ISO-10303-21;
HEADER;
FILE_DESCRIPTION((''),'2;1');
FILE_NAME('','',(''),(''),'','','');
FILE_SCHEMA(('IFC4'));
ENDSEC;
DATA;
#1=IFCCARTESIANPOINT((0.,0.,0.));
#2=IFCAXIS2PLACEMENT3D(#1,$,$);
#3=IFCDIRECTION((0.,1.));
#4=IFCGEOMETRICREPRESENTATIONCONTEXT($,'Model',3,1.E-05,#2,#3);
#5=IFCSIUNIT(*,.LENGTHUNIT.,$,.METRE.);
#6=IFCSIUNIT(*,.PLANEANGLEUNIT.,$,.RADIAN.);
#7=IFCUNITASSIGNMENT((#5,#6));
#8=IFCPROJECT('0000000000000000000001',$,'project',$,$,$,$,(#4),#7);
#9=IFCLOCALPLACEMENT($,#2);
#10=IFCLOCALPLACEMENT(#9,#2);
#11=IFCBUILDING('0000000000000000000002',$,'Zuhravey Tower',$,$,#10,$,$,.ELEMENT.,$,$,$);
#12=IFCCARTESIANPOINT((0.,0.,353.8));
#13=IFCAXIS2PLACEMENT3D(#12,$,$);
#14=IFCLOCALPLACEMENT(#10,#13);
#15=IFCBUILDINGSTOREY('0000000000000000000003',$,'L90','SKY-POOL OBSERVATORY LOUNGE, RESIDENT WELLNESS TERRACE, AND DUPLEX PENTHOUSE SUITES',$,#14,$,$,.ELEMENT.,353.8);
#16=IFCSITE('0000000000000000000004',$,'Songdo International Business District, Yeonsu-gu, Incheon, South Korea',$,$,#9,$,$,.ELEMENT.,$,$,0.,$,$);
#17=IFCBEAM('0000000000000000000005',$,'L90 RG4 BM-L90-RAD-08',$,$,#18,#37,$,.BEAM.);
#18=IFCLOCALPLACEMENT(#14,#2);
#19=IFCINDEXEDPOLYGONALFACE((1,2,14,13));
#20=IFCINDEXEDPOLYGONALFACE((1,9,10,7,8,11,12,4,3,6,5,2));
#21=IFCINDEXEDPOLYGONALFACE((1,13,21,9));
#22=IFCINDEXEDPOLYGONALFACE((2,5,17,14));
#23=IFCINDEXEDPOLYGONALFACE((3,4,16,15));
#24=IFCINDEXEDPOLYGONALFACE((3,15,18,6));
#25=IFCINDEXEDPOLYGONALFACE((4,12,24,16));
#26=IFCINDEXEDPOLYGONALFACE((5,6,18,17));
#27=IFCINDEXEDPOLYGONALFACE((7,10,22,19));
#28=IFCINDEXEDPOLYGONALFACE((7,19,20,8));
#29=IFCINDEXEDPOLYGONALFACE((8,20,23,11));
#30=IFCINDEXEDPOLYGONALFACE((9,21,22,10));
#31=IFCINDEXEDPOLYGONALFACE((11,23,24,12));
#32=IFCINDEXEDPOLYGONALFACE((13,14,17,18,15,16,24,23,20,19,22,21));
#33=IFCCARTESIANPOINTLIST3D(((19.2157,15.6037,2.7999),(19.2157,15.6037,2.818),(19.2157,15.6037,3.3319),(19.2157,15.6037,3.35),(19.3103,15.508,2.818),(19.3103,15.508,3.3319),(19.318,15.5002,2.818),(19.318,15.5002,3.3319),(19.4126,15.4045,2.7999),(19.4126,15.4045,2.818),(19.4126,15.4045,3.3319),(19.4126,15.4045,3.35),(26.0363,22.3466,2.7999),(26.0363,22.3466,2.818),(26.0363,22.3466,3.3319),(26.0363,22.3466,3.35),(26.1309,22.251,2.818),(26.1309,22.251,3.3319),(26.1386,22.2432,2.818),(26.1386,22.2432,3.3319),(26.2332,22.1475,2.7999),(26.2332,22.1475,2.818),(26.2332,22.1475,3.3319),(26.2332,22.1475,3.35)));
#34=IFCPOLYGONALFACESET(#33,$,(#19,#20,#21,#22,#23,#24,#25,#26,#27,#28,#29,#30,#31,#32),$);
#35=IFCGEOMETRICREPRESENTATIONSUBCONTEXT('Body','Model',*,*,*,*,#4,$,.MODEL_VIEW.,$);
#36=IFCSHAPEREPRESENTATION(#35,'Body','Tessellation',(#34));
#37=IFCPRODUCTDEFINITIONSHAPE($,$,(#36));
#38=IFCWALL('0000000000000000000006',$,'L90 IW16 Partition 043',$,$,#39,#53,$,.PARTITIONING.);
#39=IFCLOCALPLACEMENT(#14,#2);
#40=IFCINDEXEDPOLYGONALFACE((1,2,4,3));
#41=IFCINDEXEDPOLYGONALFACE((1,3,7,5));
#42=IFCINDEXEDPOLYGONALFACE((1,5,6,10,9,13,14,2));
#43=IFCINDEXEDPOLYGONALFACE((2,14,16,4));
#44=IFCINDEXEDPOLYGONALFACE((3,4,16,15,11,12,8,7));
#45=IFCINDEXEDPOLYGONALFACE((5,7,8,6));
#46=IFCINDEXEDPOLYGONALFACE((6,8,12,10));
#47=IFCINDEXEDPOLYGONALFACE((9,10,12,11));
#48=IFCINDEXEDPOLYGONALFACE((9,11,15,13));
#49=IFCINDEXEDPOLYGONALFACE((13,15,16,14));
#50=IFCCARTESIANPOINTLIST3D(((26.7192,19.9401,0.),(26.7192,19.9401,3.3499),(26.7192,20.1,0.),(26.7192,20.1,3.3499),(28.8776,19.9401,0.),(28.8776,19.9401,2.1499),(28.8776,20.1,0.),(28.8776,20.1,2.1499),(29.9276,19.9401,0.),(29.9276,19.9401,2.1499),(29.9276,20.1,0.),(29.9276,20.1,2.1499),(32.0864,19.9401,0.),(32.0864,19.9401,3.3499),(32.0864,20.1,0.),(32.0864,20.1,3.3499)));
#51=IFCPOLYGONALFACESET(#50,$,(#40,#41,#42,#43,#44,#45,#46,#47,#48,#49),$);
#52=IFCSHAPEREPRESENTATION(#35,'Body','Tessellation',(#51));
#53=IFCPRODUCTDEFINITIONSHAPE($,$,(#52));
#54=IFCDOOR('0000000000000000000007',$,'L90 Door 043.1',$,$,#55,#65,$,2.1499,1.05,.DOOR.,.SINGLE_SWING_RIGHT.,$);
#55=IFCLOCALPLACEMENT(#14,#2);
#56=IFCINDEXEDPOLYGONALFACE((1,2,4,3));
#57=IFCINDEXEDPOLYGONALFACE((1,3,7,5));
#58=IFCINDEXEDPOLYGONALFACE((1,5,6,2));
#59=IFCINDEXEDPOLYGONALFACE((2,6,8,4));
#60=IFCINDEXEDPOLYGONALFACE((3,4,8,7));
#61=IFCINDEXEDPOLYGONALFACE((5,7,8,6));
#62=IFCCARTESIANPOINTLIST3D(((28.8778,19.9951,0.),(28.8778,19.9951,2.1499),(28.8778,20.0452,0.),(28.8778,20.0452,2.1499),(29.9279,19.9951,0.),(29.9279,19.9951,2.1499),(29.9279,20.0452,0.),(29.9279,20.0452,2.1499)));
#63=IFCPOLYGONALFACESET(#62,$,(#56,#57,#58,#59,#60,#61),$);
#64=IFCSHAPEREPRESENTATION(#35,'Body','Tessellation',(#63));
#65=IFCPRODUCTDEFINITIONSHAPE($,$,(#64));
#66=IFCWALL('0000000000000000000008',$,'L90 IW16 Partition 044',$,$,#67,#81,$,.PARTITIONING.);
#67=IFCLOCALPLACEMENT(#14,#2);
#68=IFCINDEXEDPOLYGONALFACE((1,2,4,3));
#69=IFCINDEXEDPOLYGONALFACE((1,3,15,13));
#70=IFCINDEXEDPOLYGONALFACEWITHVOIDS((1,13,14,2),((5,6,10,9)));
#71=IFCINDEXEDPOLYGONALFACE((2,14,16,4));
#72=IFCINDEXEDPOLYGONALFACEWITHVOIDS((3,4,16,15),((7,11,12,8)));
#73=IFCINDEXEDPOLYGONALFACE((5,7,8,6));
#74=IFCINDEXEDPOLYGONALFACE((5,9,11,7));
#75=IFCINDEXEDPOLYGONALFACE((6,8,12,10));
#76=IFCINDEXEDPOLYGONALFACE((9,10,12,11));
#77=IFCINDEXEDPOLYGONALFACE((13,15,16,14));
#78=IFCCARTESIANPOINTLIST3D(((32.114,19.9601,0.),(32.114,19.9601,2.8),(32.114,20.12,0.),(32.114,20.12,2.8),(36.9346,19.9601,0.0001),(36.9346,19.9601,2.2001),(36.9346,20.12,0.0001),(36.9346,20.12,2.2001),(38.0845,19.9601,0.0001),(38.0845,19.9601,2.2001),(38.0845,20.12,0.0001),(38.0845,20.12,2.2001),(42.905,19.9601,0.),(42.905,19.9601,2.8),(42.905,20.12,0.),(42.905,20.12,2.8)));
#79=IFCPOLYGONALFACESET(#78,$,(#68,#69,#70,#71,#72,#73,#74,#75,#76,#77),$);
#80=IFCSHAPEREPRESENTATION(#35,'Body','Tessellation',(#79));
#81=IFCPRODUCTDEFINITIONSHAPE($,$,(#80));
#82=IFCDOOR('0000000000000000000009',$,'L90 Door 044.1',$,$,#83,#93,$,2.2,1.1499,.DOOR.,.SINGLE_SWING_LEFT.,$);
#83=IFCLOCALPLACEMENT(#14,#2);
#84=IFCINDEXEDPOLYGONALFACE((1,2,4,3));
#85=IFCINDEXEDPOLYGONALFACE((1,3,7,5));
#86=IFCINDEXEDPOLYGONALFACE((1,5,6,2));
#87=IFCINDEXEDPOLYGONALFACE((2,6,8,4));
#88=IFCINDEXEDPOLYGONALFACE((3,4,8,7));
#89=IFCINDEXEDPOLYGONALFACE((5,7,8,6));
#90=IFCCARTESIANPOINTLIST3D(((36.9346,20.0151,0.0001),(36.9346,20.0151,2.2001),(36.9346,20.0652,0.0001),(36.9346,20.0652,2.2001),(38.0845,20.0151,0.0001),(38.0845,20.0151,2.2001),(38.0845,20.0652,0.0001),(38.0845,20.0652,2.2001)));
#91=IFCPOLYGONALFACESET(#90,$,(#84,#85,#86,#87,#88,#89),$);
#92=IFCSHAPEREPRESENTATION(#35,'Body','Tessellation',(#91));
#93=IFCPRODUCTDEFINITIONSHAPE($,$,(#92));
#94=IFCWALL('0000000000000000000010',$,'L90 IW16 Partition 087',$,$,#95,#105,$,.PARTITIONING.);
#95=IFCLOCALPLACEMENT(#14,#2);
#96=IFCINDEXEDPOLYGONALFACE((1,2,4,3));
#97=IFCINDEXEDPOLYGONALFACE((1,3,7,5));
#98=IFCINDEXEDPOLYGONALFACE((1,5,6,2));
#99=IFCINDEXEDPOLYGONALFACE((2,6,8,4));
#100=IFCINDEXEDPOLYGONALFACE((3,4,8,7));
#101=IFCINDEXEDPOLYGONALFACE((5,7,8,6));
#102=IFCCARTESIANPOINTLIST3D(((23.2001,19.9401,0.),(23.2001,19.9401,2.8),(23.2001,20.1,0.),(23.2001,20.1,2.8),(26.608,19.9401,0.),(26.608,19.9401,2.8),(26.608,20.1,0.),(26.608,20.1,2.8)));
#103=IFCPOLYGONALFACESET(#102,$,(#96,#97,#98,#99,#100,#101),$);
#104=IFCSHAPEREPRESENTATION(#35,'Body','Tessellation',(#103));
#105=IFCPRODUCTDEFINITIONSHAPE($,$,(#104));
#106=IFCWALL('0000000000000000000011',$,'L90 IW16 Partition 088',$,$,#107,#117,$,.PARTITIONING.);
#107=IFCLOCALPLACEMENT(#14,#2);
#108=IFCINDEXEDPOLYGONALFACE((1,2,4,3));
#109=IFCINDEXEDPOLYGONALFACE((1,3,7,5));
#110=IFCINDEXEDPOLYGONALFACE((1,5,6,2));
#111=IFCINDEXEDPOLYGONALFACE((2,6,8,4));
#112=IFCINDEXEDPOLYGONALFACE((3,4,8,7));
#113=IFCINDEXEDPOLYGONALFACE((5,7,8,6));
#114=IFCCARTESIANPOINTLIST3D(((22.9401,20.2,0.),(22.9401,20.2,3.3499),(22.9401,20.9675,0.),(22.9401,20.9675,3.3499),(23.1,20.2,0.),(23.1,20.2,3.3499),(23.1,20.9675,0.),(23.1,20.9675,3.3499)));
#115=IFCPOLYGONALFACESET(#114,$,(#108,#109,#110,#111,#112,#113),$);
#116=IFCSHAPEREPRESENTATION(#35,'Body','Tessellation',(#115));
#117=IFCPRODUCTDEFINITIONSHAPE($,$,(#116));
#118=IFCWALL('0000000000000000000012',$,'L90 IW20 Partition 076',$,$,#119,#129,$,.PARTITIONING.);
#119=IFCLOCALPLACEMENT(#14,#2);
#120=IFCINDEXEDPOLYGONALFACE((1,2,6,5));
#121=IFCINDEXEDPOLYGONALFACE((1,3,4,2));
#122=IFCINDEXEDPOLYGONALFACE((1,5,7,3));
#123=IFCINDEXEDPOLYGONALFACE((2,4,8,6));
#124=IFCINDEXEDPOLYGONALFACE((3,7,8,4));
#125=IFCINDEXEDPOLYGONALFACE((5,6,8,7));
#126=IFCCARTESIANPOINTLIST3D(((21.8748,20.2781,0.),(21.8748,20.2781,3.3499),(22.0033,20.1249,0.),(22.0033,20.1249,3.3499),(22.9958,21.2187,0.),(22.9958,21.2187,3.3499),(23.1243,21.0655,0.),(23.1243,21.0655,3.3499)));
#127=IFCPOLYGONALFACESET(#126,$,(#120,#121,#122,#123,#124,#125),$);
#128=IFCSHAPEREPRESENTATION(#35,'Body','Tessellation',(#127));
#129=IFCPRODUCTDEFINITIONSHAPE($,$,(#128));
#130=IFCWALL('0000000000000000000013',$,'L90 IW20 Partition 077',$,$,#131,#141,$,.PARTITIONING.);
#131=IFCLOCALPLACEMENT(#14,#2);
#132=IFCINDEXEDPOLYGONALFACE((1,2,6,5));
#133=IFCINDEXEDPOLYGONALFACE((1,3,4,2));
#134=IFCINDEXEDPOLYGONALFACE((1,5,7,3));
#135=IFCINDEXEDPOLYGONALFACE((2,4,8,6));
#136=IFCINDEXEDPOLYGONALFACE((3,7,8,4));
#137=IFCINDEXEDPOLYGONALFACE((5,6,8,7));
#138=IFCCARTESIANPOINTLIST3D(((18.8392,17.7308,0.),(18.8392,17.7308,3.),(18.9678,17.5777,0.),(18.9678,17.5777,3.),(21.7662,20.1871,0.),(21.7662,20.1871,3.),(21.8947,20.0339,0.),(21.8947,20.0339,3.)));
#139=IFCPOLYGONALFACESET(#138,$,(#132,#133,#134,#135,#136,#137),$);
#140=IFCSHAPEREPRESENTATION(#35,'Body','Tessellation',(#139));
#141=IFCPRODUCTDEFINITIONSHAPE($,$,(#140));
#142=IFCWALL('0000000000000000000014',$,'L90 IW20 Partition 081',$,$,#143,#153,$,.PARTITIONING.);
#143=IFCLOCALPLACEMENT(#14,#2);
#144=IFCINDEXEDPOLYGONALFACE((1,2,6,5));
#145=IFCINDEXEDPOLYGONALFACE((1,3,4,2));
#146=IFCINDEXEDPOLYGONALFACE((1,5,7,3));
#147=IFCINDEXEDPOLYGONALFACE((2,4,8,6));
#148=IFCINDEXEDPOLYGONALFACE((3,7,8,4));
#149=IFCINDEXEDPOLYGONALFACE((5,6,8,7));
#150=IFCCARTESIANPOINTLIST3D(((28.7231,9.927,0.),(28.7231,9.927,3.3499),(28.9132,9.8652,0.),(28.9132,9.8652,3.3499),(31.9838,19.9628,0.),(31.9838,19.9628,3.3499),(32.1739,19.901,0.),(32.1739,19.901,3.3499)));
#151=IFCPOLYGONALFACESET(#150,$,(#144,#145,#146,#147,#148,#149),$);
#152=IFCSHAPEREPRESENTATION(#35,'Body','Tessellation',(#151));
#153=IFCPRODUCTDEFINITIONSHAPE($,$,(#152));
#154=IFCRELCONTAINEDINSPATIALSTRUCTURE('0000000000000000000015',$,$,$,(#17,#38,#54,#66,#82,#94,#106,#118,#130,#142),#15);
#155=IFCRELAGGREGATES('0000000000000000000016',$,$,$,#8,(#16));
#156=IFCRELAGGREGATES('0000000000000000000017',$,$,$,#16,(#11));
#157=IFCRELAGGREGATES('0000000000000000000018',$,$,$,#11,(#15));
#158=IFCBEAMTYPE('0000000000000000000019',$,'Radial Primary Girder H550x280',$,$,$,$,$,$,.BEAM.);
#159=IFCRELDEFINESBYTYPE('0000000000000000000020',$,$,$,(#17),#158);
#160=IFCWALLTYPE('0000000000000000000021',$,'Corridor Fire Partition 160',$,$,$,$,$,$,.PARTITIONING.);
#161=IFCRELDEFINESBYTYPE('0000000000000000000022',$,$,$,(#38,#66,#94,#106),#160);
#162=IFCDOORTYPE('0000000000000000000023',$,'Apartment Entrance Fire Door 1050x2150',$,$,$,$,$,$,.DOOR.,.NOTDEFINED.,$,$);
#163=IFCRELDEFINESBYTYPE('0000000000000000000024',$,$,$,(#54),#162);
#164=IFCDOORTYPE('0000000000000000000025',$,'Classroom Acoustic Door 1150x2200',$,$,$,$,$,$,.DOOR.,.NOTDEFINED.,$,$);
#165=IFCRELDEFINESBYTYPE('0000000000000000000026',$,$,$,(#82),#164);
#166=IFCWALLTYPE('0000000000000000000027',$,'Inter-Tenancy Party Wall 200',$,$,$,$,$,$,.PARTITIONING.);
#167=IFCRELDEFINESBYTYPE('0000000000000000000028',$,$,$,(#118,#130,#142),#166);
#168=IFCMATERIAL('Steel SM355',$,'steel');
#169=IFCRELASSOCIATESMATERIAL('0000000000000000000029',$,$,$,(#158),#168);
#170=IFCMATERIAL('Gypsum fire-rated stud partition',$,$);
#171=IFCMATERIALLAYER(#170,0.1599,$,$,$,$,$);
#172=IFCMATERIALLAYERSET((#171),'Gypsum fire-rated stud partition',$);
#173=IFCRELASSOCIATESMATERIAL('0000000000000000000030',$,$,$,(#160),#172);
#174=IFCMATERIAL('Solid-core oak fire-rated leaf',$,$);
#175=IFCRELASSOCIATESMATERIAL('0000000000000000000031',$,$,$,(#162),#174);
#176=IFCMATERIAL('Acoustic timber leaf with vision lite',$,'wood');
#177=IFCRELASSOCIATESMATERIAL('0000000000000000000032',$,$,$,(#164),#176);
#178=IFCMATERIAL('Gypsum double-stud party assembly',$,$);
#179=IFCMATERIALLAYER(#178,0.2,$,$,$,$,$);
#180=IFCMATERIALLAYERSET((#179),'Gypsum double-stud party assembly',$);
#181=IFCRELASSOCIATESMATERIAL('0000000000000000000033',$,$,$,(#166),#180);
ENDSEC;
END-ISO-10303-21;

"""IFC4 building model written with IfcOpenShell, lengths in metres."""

from ifc_helpers import new_model, si_unit, direction, frame, frame_2d, origin, origin_2d, place, context, subcontext, project, spatial, rectangle, i_section, extrude, material, layer, layer_set, material_profile, profile_set, type_object, element, fill, save


model = new_model("IFC4")

# Units and contexts
model_context = context("Model", 3, precision=1e-05, world=origin(), true_north=direction((0.0, 1.0)))
body_context = subcontext(model_context, "Body", "Model", "MODEL_VIEW")
ifc_project = project(units=[si_unit("LENGTHUNIT", "METRE"), si_unit("PLANEANGLEUNIT", "RADIAN")], contexts=[model_context])

# Site, building, storey
site_placement = place(None, origin())
site = spatial("IfcSite", under=ifc_project, at=site_placement, Name="Songdo International Business District, Yeonsu-gu, Incheon, South Korea", CompositionType="ELEMENT", RefElevation=0.0)
building_placement = place(site_placement, origin())
building = spatial("IfcBuilding", under=site, at=building_placement, Name="Zuhravey Tower", CompositionType="ELEMENT")
storey_placement = place(building_placement, frame((0.0, 0.0, 353.8)))
storey = spatial("IfcBuildingStorey", under=building, at=storey_placement, Name="L90", Description="SKY-POOL OBSERVATORY LOUNGE, RESIDENT WELLNESS TERRACE, AND DUPLEX PENTHOUSE SUITES", CompositionType="ELEMENT", Elevation=353.8)

# Beam
ifc_material_1 = material(Name="Steel SM355", Category="steel")
ifc_material_profile = material_profile(ifc_material_1, i_section(OverallWidth=0.28, OverallDepth=0.55, WebThickness=0.011, FlangeThickness=0.0181, at=origin_2d()), Name="H-550x280x11x18")
ifc_profile_set = profile_set([ifc_material_profile], Name="Steel SM355")
beam_type = type_object("IfcBeamType", Name="Radial Primary Girder H550x280", PredefinedType="BEAM", material=ifc_profile_set)
beam_placement = place(storey_placement, frame((26.1348, 22.2471, 3.075), z_axis=(-0.711143, -0.703048, 0.0), x_axis=(0.703048, -0.711143, 0.0)))
element("IfcBeam", 1, at=beam_placement, inside=storey, type_object=beam_type, Name="L90 RG4 BM-L90-RAD-08", PredefinedType="BEAM", context=body_context, shape_type="SweptSolid", body=[
    extrude(i_section(OverallWidth=0.28, OverallDepth=0.55, WebThickness=0.011, FlangeThickness=0.0181, at=origin_2d()), origin(), (0.0, 0.0, 1.0), 9.5911),
])

# Walls, openings, doors
ifc_material_2 = material(Name="Gypsum fire-rated stud partition")
ifc_layer_1 = layer(ifc_material_2, 0.1599)
ifc_layer_set_1 = layer_set([ifc_layer_1], Name="Gypsum fire-rated stud partition")
wall_type_1 = type_object("IfcWallType", Name="Corridor Fire Partition 160", PredefinedType="PARTITIONING", material=ifc_layer_set_1)
wall_1_placement = place(storey_placement, frame((26.7192, 20.02, 0.0), z_axis=(0.0, 0.0, 1.0), x_axis=(1.0, 0.0, 0.0)))
wall_1 = element("IfcWall", 2, at=wall_1_placement, inside=storey, type_object=wall_type_1, Name="L90 IW16 Partition 043", PredefinedType="PARTITIONING", context=body_context, shape_type="SweptSolid", body=[
    extrude(rectangle(XDim=5.3672, YDim=0.1599, at=frame_2d((2.6836, 0.0))), origin(), (0.0, 0.0, 1.0), 3.3499),
])
opening_1_placement = place(wall_1_placement, frame((2.1584, 0.0, 0.0)))
opening_1 = element("IfcOpeningElement", 3, at=opening_1_placement, cuts=wall_1, PredefinedType="OPENING", context=body_context, shape_type="SweptSolid", body=[
    extrude(rectangle(XDim=1.05, YDim=2.1499, at=frame_2d((0.5249, 1.075))), frame((0.0, 0.092, 0.0), z_axis=(0.0, -1.0, 0.0), x_axis=(1.0, 0.0, 0.0)), (0.0, 0.0, 1.0), 0.1838),
])
ifc_material_3 = material(Name="Solid-core oak fire-rated leaf")
door_type_1 = type_object("IfcDoorType", Name="Apartment Entrance Fire Door 1050x2150", OperationType="NOTDEFINED", PredefinedType="DOOR", material=ifc_material_3)
door_1_placement = place(opening_1_placement, frame((1.05, 0.0, 0.0), z_axis=(0.0, 0.0, 1.0), x_axis=(-1.0, 0.0, 0.0)))
door_1 = element("IfcDoor", 4, at=door_1_placement, inside=storey, type_object=door_type_1, Name="L90 Door 043.1", OperationType="SINGLE_SWING_RIGHT", OverallHeight=2.1499, OverallWidth=1.05, PredefinedType="DOOR", context=body_context, shape_type="SweptSolid", body=[
    extrude(rectangle(XDim=1.05, YDim=2.1499, at=frame_2d((0.5249, 1.075))), frame((0.0, 0.0249, 0.0), z_axis=(0.0, -1.0, 0.0), x_axis=(1.0, 0.0, 0.0)), (0.0, 0.0, 1.0), 0.05),
])
fill(opening_1, door_1)
wall_2_placement = place(storey_placement, frame((32.114, 20.04, 0.0), z_axis=(0.0, 0.0, 1.0), x_axis=(1.0, 0.0, 0.0)))
wall_2 = element("IfcWall", 5, at=wall_2_placement, inside=storey, type_object=wall_type_1, Name="L90 IW16 Partition 044", PredefinedType="PARTITIONING", context=body_context, shape_type="SweptSolid", body=[
    extrude(rectangle(XDim=10.791, YDim=0.1599, at=frame_2d((5.3955, 0.0))), origin(), (0.0, 0.0, 1.0), 2.8),
])
opening_2_placement = place(wall_2_placement, frame((4.8206, 0.0, 0.0)))
opening_2 = element("IfcOpeningElement", 6, at=opening_2_placement, cuts=wall_2, PredefinedType="OPENING", context=body_context, shape_type="SweptSolid", body=[
    extrude(rectangle(XDim=1.1499, YDim=2.2, at=frame_2d((0.575, 1.1001))), frame((0.0, 0.092, 0.0), z_axis=(0.0, -1.0, 0.0), x_axis=(1.0, 0.0, 0.0)), (0.0, 0.0, 1.0), 0.1838),
])
ifc_material_4 = material(Name="Acoustic timber leaf with vision lite", Category="wood")
door_type_2 = type_object("IfcDoorType", Name="Classroom Acoustic Door 1150x2200", OperationType="NOTDEFINED", PredefinedType="DOOR", material=ifc_material_4)
door_2_placement = place(opening_2_placement, frame((1.1499, 0.0, 0.0), z_axis=(0.0, 0.0, 1.0), x_axis=(-1.0, 0.0, 0.0)))
door_2 = element("IfcDoor", 7, at=door_2_placement, inside=storey, type_object=door_type_2, Name="L90 Door 044.1", OperationType="SINGLE_SWING_LEFT", OverallHeight=2.2, OverallWidth=1.1499, PredefinedType="DOOR", context=body_context, shape_type="SweptSolid", body=[
    extrude(rectangle(XDim=1.1499, YDim=2.2, at=frame_2d((0.575, 1.1001))), frame((0.0, 0.0249, 0.0), z_axis=(0.0, -1.0, 0.0), x_axis=(1.0, 0.0, 0.0)), (0.0, 0.0, 1.0), 0.05),
])
fill(opening_2, door_2)

# Walls
wall_3_placement = place(storey_placement, frame((23.2, 20.02, 0.0), z_axis=(0.0, 0.0, 1.0), x_axis=(1.0, 0.0, 0.0)))
element("IfcWall", 8, at=wall_3_placement, inside=storey, type_object=wall_type_1, Name="L90 IW16 Partition 087", PredefinedType="PARTITIONING", context=body_context, shape_type="SweptSolid", body=[
    extrude(rectangle(XDim=3.408, YDim=0.1599, at=frame_2d((1.7041, 0.0))), origin(), (0.0, 0.0, 1.0), 2.8),
])
wall_4_placement = place(storey_placement, frame((23.02, 20.9675, 0.0), z_axis=(0.0, 0.0, 1.0), x_axis=(0.0, -1.0, 0.0)))
element("IfcWall", 9, at=wall_4_placement, inside=storey, type_object=wall_type_1, Name="L90 IW16 Partition 088", PredefinedType="PARTITIONING", context=body_context, shape_type="SweptSolid", body=[
    extrude(rectangle(XDim=0.7676, YDim=0.1599, at=frame_2d((0.3838, 0.0))), origin(), (0.0, 0.0, 1.0), 3.3499),
])
ifc_material_5 = material(Name="Gypsum double-stud party assembly")
ifc_layer_2 = layer(ifc_material_5, 0.2)
ifc_layer_set_2 = layer_set([ifc_layer_2], Name="Gypsum double-stud party assembly")
wall_type_2 = type_object("IfcWallType", Name="Inter-Tenancy Party Wall 200", PredefinedType="PARTITIONING", material=ifc_layer_set_2)
wall_5_placement = place(storey_placement, frame((23.0601, 21.1421, 0.0), z_axis=(0.0, 0.0, 1.0), x_axis=(-0.766056, -0.642773, 0.0)))
element("IfcWall", 10, at=wall_5_placement, inside=storey, type_object=wall_type_2, Name="L90 IW20 Partition 076", PredefinedType="PARTITIONING", context=body_context, shape_type="SweptSolid", body=[
    extrude(rectangle(XDim=1.4634, YDim=0.2, at=frame_2d((0.7317, 0.0))), origin(), (0.0, 0.0, 1.0), 3.3499),
])
wall_6_placement = place(storey_placement, frame((21.8306, 20.1106, 0.0), z_axis=(0.0, 0.0, 1.0), x_axis=(-0.766012, -0.642826, 0.0)))
element("IfcWall", 11, at=wall_6_placement, inside=storey, type_object=wall_type_2, Name="L90 IW20 Partition 077", PredefinedType="PARTITIONING", context=body_context, shape_type="SweptSolid", body=[
    extrude(rectangle(XDim=3.821, YDim=0.2, at=frame_2d((1.9106, 0.0))), origin(), (0.0, 0.0, 1.0), 3.0),
])
wall_7_placement = place(storey_placement, frame((32.0789, 19.9319, 0.0), z_axis=(0.0, 0.0, 1.0), x_axis=(-0.309007, -0.95106, 0.0)))
element("IfcWall", 12, at=wall_7_placement, inside=storey, type_object=wall_type_2, Name="L90 IW20 Partition 081", PredefinedType="PARTITIONING", context=body_context, shape_type="SweptSolid", body=[
    extrude(rectangle(XDim=10.5522, YDim=0.2, at=frame_2d((5.2761, 0.0))), origin(), (0.0, 0.0, 1.0), 3.3499),
])

save(model, "model.ifc")
